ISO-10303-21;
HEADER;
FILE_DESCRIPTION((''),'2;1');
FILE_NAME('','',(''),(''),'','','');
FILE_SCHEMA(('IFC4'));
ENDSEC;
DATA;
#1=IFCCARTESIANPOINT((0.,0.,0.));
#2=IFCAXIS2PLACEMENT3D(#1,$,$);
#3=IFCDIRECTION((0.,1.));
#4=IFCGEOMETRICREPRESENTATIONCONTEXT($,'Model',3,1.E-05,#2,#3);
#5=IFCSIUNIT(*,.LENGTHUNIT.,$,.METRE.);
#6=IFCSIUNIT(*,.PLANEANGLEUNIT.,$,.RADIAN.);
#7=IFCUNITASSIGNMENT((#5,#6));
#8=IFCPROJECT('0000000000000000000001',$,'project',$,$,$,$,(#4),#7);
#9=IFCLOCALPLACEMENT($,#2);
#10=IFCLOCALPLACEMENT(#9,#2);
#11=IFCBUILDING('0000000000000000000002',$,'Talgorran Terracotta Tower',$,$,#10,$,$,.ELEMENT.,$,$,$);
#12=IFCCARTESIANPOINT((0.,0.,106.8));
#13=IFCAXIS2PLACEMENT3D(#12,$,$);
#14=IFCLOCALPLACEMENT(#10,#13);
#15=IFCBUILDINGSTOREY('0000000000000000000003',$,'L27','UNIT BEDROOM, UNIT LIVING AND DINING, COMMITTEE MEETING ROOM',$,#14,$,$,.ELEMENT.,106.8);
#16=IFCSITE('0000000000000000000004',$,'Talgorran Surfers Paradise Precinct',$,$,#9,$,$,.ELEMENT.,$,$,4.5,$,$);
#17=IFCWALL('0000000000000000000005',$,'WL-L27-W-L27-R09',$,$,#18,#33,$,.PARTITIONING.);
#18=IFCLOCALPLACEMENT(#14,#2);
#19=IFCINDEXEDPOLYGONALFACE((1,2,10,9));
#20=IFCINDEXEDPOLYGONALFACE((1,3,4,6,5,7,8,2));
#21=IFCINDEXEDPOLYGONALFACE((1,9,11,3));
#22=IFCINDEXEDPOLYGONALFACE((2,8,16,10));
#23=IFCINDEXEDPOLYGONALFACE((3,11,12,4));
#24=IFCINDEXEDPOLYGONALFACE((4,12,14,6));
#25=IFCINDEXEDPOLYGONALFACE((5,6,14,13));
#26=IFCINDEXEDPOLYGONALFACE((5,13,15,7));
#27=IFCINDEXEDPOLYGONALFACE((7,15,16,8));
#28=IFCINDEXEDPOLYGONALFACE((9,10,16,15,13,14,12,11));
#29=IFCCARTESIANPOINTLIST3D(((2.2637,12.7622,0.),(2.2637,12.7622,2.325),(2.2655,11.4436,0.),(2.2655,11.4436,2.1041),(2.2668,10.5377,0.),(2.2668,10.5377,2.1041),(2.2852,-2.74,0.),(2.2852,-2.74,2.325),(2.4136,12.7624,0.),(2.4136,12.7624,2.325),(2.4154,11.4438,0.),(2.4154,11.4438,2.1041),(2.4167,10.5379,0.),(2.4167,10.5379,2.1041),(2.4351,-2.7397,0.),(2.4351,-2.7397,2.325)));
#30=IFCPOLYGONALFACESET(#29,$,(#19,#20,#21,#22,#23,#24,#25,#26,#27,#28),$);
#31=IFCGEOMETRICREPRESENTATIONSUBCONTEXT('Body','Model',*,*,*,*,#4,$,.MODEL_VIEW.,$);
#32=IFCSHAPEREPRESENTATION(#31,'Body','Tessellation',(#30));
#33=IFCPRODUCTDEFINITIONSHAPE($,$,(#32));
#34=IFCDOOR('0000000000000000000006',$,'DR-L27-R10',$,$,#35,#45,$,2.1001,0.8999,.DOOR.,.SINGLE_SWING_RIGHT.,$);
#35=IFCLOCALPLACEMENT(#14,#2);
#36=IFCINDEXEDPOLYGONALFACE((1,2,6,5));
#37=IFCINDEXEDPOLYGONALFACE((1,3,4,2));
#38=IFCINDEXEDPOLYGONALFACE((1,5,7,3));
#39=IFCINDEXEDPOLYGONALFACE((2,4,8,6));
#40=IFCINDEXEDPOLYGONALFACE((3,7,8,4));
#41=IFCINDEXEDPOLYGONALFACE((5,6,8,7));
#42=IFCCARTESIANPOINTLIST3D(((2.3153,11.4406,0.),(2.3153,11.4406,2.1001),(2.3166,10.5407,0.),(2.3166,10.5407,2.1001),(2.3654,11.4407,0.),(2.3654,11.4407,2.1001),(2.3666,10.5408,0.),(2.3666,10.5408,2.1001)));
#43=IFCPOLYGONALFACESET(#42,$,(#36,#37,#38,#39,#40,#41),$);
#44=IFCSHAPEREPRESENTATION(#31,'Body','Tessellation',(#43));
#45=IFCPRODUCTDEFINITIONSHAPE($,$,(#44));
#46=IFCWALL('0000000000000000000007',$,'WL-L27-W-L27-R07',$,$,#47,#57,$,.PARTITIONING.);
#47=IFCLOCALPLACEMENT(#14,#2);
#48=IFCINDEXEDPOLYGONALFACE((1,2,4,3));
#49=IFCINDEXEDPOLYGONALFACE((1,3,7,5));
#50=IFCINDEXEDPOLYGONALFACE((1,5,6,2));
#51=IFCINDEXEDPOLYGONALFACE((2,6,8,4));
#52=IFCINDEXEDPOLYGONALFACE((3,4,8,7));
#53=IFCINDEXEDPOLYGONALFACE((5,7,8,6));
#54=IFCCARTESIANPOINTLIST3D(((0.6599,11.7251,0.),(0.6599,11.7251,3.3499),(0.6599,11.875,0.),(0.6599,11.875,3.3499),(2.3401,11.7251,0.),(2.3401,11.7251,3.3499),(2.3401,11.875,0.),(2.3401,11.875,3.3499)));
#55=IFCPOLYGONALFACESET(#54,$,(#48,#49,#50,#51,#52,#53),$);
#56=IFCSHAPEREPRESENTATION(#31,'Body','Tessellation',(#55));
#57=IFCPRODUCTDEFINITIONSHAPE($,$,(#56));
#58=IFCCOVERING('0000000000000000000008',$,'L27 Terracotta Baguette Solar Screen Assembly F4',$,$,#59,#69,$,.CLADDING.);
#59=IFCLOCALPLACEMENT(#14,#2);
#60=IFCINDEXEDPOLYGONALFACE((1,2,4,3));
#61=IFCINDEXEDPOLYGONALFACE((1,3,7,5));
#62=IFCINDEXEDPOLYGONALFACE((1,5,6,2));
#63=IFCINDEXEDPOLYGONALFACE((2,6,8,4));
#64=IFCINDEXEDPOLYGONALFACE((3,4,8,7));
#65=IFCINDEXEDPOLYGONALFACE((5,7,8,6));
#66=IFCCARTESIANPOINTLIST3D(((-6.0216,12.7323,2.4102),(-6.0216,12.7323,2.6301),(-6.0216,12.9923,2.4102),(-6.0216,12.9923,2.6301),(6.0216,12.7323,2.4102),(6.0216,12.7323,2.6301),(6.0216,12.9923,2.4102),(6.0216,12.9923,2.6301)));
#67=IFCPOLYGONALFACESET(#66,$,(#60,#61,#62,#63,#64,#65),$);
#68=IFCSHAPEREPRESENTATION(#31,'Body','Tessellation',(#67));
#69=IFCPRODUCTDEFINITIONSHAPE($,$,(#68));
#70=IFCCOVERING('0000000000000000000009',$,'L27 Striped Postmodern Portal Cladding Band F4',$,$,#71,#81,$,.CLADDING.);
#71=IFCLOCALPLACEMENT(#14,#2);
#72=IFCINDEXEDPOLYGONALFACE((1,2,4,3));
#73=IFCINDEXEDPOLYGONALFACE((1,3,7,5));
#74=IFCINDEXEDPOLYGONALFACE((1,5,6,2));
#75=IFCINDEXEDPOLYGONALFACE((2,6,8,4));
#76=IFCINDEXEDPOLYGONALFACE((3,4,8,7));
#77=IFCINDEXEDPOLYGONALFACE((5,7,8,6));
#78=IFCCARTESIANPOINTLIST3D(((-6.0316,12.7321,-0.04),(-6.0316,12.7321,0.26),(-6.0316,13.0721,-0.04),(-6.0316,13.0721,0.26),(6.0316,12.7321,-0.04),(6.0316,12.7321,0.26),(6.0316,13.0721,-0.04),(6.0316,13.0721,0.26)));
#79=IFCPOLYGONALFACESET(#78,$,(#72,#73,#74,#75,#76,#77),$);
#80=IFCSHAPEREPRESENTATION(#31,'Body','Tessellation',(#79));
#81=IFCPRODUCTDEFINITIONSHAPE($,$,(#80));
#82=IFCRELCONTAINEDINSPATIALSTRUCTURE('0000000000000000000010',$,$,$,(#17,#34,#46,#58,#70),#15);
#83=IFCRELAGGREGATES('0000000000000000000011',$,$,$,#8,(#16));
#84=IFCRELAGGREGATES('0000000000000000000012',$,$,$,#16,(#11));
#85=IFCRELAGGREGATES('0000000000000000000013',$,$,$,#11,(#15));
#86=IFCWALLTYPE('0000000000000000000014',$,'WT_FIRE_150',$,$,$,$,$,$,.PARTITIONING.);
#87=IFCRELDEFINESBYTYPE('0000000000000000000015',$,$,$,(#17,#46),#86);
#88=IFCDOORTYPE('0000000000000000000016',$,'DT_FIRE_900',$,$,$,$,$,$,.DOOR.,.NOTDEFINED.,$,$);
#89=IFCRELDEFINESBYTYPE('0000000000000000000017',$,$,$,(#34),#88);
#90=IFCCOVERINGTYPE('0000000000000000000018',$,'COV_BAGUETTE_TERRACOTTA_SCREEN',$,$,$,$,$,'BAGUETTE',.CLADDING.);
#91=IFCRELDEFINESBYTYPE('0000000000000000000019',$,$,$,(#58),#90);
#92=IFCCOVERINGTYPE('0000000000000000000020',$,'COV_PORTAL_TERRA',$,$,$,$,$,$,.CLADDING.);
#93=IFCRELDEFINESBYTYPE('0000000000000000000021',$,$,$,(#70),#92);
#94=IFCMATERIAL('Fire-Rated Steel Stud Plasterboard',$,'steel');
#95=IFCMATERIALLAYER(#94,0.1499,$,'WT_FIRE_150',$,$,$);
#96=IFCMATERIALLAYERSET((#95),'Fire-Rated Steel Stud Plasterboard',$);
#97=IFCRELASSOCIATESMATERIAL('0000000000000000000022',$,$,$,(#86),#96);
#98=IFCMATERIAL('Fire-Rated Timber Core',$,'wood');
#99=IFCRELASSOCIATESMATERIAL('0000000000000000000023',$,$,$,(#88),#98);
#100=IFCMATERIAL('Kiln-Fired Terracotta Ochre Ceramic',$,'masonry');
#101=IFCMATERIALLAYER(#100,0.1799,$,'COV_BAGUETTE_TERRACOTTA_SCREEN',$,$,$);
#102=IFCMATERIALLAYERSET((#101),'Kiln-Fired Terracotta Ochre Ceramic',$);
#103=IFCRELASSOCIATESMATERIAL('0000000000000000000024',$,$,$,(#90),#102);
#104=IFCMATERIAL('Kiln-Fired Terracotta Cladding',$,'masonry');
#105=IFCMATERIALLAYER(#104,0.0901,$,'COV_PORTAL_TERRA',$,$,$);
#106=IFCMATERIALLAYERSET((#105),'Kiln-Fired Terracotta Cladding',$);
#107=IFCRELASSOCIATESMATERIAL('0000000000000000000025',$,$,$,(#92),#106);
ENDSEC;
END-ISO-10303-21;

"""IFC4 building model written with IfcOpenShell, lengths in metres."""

from ifc_helpers import new_model, si_unit, direction, frame, frame_2d, origin, origin_2d, place, context, subcontext, project, spatial, rectangle, extrude, material, layer, layer_set, type_object, element, fill, save


model = new_model("IFC4")

# Units and contexts
model_context = context("Model", 3, precision=1e-05, world=origin(), true_north=direction((0.0, 1.0)))
body_context = subcontext(model_context, "Body", "Model", "MODEL_VIEW")
ifc_project = project(units=[si_unit("LENGTHUNIT", "METRE"), si_unit("PLANEANGLEUNIT", "RADIAN")], contexts=[model_context])

# Site, building, storey
site_placement = place(None, origin())
site = spatial("IfcSite", under=ifc_project, at=site_placement, Name="Talgorran Surfers Paradise Precinct", CompositionType="ELEMENT", RefElevation=4.5)
building_placement = place(site_placement, origin())
building = spatial("IfcBuilding", under=site, at=building_placement, Name="Talgorran Terracotta Tower", CompositionType="ELEMENT")
storey_placement = place(building_placement, frame((0.0, 0.0, 106.8)))
storey = spatial("IfcBuildingStorey", under=building, at=storey_placement, Name="L27", Description="UNIT BEDROOM, UNIT LIVING AND DINING, COMMITTEE MEETING ROOM", CompositionType="ELEMENT", Elevation=106.8)

# Wall, opening, door
ifc_material_1 = material(Name="Fire-Rated Steel Stud Plasterboard", Category="steel")
ifc_layer_1 = layer(ifc_material_1, 0.1499, Name="WT_FIRE_150")
ifc_layer_set_1 = layer_set([ifc_layer_1], Name="Fire-Rated Steel Stud Plasterboard")
wall_type = type_object("IfcWallType", Name="WT_FIRE_150", PredefinedType="PARTITIONING", material=ifc_layer_set_1)
wall_1_placement = place(storey_placement, frame((2.3386, 12.7622, 0.0), z_axis=(0.0, 0.0, 1.0), x_axis=(0.001386, -0.999999, 0.0)))
wall_1 = element("IfcWall", 1, at=wall_1_placement, inside=storey, type_object=wall_type, Name="WL-L27-W-L27-R09", PredefinedType="PARTITIONING", context=body_context, shape_type="SweptSolid", body=[
    extrude(rectangle(XDim=15.5022, YDim=0.1499, at=frame_2d((7.751, 0.0))), origin(), (0.0, 0.0, 1.0), 2.325),
])
opening_placement = place(wall_1_placement, frame((1.3215, 0.0, 0.0)))
opening = element("IfcOpeningElement", 2, at=opening_placement, cuts=wall_1, PredefinedType="OPENING", context=body_context, shape_type="SweptSolid", body=[
    extrude(rectangle(XDim=0.9059, YDim=2.1041, at=frame_2d((0.45, 1.052))), frame((0.0, 0.085, 0.0), z_axis=(0.0, -1.0, 0.0), x_axis=(1.0, 0.0, 0.0)), (0.0, 0.0, 1.0), 0.1699),
])
ifc_material_2 = material(Name="Fire-Rated Timber Core", Category="wood")
door_type = type_object("IfcDoorType", Name="DT_FIRE_900", OperationType="NOTDEFINED", PredefinedType="DOOR", material=ifc_material_2)
door_placement = place(opening_placement, origin())
door = element("IfcDoor", 3, at=door_placement, inside=storey, type_object=door_type, Name="DR-L27-R10", OperationType="SINGLE_SWING_RIGHT", OverallHeight=2.1001, OverallWidth=0.8999, PredefinedType="DOOR", context=body_context, shape_type="SweptSolid", body=[
    extrude(rectangle(XDim=0.8999, YDim=2.1001, at=frame_2d((0.45, 1.05))), frame((0.0, 0.0249, 0.0), z_axis=(0.0, -1.0, 0.0), x_axis=(1.0, 0.0, 0.0)), (0.0, 0.0, 1.0), 0.05),
])
fill(opening, door)

# Wall
wall_2_placement = place(storey_placement, frame((0.6599, 11.8, 0.0), z_axis=(0.0, 0.0, 1.0), x_axis=(1.0, 0.0, 0.0)))
element("IfcWall", 4, at=wall_2_placement, inside=storey, type_object=wall_type, Name="WL-L27-W-L27-R07", PredefinedType="PARTITIONING", context=body_context, shape_type="SweptSolid", body=[
    extrude(rectangle(XDim=1.6802, YDim=0.1499, at=frame_2d((0.8401, 0.0))), origin(), (0.0, 0.0, 1.0), 3.3499),
])

# Coverings
ifc_material_3 = material(Name="Kiln-Fired Terracotta Ochre Ceramic", Category="masonry")
ifc_layer_2 = layer(ifc_material_3, 0.1799, Name="COV_BAGUETTE_TERRACOTTA_SCREEN")
ifc_layer_set_2 = layer_set([ifc_layer_2], Name="Kiln-Fired Terracotta Ochre Ceramic")
covering_type_1 = type_object("IfcCoveringType", Name="COV_BAGUETTE_TERRACOTTA_SCREEN", ElementType="BAGUETTE", PredefinedType="CLADDING", material=ifc_layer_set_2)
covering_1_placement = place(storey_placement, frame((0.0, 12.8623, 2.4102), z_axis=(0.0, 0.0, 1.0), x_axis=(-1.0, 0.0, 0.0)))
element("IfcCovering", 5, at=covering_1_placement, inside=storey, type_object=covering_type_1, Name="L27 Terracotta Baguette Solar Screen Assembly F4", PredefinedType="CLADDING", context=body_context, shape_type="SweptSolid", body=[
    extrude(rectangle(XDim=12.0432, YDim=0.26, at=origin_2d()), origin(), (0.0, 0.0, 1.0), 0.22),
])
ifc_material_4 = material(Name="Kiln-Fired Terracotta Cladding", Category="masonry")
ifc_layer_3 = layer(ifc_material_4, 0.0901, Name="COV_PORTAL_TERRA")
ifc_layer_set_3 = layer_set([ifc_layer_3], Name="Kiln-Fired Terracotta Cladding")
covering_type_2 = type_object("IfcCoveringType", Name="COV_PORTAL_TERRA", PredefinedType="CLADDING", material=ifc_layer_set_3)
covering_2_placement = place(storey_placement, frame((0.0, 12.9021, -0.04), z_axis=(0.0, 0.0, 1.0), x_axis=(-1.0, 0.0, 0.0)))
element("IfcCovering", 6, at=covering_2_placement, inside=storey, type_object=covering_type_2, Name="L27 Striped Postmodern Portal Cladding Band F4", PredefinedType="CLADDING", context=body_context, shape_type="SweptSolid", body=[
    extrude(rectangle(XDim=12.0632, YDim=0.3401, at=origin_2d()), origin(), (0.0, 0.0, 1.0), 0.3),
])

save(model, "model.ifc")
